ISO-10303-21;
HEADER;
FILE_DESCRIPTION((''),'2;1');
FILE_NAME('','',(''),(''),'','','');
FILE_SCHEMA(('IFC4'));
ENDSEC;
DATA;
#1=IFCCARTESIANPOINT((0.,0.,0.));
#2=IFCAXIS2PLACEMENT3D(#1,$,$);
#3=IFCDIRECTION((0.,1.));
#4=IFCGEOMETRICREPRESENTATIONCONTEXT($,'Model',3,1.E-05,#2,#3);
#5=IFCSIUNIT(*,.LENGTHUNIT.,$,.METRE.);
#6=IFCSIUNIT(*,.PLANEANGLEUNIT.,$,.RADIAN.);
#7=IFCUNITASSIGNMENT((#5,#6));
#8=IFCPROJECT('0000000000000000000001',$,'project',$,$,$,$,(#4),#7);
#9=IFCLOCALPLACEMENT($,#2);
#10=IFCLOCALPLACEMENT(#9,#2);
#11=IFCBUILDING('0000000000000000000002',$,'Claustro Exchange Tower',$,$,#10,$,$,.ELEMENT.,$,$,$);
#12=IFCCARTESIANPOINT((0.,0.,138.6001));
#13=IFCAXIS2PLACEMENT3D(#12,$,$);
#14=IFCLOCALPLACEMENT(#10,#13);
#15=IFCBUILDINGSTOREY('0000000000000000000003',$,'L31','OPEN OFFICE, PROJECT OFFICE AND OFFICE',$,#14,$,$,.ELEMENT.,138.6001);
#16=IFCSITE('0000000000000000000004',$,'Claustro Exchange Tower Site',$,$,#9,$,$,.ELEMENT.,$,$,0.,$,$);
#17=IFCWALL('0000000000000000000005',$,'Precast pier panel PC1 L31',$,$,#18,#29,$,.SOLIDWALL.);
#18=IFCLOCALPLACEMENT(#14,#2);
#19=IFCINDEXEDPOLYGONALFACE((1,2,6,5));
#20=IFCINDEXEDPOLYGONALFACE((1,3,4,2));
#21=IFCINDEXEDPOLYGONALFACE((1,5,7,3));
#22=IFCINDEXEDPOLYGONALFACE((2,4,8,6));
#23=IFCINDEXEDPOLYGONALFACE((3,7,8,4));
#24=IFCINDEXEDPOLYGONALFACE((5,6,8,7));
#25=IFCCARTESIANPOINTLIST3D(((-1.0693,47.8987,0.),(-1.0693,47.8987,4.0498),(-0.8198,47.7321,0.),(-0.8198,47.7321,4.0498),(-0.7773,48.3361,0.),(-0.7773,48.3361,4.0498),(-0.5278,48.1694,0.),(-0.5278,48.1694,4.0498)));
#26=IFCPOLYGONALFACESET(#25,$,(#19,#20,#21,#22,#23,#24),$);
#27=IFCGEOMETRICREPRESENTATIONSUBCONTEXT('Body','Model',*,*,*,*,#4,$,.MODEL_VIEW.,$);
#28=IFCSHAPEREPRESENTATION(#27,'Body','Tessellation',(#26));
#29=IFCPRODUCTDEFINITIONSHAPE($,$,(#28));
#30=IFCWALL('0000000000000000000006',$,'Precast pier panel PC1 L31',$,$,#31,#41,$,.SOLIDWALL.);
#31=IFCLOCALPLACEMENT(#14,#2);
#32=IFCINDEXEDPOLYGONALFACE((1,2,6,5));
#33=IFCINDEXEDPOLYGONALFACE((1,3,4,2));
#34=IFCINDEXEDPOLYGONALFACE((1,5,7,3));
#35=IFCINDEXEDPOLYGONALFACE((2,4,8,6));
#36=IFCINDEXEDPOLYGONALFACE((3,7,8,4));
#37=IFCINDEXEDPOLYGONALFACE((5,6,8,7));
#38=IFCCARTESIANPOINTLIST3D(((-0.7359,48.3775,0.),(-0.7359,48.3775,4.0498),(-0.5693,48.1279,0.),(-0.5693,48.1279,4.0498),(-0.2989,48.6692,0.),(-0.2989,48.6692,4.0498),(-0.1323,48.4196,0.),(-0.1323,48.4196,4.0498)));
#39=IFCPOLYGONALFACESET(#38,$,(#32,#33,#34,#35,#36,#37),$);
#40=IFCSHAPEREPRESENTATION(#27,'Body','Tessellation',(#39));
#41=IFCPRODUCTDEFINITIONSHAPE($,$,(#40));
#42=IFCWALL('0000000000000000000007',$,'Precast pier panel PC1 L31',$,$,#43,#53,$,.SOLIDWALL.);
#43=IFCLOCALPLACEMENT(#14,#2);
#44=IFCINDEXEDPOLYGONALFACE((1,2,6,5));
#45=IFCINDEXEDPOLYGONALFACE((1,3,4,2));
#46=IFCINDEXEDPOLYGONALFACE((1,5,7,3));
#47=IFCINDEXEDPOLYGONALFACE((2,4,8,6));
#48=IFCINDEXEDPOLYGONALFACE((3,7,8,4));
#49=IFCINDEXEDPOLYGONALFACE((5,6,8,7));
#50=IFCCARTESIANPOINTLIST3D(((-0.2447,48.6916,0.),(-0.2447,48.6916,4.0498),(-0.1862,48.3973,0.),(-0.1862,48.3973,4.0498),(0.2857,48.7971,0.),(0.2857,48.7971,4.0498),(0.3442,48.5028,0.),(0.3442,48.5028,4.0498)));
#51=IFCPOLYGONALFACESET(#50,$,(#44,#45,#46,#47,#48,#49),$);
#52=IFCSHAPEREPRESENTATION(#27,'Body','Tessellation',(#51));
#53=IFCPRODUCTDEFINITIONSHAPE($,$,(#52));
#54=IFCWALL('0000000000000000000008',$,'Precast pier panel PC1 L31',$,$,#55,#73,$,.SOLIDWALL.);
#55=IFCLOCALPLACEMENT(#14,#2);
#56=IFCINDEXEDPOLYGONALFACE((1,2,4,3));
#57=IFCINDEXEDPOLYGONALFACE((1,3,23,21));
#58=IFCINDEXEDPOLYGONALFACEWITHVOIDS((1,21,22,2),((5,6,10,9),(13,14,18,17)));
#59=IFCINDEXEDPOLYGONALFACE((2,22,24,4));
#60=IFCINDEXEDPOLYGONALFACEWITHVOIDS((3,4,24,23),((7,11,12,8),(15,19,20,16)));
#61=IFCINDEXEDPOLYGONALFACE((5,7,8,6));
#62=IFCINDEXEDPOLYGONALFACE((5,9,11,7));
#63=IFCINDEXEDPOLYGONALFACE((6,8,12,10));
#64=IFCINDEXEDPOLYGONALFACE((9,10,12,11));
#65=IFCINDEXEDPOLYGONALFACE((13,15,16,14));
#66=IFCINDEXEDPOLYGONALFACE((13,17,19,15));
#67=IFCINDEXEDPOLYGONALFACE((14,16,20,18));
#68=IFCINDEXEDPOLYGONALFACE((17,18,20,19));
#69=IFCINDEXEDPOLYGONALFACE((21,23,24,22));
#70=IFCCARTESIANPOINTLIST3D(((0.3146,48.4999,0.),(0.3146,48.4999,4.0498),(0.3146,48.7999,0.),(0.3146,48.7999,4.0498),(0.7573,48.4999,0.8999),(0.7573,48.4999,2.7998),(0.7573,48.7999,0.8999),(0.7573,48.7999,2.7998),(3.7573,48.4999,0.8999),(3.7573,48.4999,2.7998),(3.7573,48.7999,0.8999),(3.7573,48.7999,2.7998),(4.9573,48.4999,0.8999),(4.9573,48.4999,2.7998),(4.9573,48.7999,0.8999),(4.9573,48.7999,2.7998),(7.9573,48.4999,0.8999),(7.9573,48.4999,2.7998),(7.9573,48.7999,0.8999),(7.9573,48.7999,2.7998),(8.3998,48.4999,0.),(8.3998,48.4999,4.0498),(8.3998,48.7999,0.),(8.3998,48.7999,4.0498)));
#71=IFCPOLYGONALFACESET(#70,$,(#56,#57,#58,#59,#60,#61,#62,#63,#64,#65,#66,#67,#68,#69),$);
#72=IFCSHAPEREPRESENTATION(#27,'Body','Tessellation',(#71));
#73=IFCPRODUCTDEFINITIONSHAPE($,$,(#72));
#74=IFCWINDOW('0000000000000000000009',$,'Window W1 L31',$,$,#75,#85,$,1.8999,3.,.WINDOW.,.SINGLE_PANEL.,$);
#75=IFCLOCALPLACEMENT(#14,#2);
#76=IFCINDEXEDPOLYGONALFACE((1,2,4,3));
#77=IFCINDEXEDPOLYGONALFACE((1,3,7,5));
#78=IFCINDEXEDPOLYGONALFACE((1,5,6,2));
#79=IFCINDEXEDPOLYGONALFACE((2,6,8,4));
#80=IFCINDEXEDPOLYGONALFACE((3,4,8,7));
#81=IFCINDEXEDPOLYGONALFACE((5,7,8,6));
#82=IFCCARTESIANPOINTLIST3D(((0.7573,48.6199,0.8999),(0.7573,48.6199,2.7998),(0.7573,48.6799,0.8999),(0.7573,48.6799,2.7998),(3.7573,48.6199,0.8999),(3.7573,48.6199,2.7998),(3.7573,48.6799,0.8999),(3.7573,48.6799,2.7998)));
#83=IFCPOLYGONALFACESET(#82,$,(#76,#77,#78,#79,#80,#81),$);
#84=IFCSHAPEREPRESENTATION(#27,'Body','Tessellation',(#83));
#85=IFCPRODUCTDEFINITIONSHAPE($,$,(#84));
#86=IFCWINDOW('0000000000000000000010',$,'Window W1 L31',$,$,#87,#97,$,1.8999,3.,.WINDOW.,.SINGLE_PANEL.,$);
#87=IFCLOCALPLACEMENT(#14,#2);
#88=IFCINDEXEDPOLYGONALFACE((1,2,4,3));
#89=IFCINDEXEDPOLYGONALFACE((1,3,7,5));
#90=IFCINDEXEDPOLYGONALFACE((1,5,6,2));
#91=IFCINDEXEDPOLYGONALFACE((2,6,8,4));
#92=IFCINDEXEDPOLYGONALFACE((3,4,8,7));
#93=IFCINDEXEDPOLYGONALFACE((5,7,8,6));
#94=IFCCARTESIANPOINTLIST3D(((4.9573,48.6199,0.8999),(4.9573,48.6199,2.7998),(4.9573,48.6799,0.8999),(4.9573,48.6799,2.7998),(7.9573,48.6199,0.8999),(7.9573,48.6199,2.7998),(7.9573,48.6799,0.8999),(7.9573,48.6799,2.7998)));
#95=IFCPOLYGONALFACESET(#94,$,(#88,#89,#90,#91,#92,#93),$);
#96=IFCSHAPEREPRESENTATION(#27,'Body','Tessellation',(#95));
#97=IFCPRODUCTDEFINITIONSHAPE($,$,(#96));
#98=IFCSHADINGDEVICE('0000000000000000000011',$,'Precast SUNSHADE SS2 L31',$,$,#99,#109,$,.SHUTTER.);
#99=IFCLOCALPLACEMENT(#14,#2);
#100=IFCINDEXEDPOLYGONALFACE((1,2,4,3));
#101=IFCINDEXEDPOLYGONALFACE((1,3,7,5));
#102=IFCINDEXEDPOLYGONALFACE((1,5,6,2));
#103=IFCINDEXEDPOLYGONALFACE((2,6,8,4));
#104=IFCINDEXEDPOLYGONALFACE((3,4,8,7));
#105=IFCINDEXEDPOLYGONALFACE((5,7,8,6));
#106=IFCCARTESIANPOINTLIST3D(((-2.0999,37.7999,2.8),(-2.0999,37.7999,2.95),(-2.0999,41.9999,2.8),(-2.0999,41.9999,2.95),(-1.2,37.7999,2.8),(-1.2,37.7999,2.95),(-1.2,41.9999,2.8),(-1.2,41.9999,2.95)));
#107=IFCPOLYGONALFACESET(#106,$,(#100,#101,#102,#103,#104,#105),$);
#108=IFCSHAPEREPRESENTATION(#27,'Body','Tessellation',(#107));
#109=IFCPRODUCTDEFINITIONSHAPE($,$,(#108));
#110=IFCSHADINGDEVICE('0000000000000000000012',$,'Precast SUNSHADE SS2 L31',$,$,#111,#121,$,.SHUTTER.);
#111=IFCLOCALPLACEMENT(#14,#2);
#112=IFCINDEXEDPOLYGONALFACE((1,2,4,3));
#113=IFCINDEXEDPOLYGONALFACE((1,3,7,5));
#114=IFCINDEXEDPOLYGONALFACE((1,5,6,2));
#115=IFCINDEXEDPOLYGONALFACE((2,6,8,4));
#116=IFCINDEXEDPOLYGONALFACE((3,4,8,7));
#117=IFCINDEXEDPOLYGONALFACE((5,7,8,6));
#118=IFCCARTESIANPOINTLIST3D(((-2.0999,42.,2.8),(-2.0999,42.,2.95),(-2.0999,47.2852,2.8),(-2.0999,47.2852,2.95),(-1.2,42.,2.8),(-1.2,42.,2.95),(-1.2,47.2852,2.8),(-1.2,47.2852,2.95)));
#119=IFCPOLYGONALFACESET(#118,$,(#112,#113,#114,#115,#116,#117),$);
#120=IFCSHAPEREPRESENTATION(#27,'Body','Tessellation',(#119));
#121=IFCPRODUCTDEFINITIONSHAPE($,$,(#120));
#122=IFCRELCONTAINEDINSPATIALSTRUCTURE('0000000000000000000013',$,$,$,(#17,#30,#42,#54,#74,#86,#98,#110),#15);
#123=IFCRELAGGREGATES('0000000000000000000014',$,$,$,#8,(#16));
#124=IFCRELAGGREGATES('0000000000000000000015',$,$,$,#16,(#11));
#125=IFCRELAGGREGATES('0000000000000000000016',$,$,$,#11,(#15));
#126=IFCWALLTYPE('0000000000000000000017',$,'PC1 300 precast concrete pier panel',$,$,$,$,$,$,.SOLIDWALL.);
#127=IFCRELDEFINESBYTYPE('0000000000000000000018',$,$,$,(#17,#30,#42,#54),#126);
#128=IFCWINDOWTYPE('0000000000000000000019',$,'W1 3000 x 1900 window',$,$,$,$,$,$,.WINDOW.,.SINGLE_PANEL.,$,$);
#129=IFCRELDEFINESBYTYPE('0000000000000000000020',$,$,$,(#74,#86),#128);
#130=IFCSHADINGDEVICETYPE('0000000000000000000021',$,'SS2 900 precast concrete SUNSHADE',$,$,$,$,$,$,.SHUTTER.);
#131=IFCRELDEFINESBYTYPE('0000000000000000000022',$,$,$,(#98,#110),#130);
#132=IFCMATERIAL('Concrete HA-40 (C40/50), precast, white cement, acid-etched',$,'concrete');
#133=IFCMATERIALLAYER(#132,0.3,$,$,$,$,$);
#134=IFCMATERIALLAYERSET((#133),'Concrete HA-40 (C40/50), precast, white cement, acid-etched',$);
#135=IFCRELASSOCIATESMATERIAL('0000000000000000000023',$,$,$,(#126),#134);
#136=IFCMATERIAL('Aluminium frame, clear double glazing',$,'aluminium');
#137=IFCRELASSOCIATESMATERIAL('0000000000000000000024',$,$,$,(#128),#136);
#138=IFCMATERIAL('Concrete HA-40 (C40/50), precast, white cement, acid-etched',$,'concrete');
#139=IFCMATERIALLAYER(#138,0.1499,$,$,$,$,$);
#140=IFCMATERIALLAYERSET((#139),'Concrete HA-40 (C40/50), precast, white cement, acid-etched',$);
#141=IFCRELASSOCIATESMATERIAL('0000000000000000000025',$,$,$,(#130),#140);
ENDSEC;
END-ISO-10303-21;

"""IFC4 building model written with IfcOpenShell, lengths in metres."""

from ifc_helpers import new_model, si_unit, direction, frame, frame_2d, origin, origin_2d, place, context, subcontext, project, spatial, rectangle, extrude, material, layer, layer_set, type_object, element, fill, save


model = new_model("IFC4")

# Units and contexts
model_context = context("Model", 3, precision=1e-05, world=origin(), true_north=direction((0.0, 1.0)))
body_context = subcontext(model_context, "Body", "Model", "MODEL_VIEW")
ifc_project = project(units=[si_unit("LENGTHUNIT", "METRE"), si_unit("PLANEANGLEUNIT", "RADIAN")], contexts=[model_context])

# Site, building, storey
site_placement = place(None, origin())
site = spatial("IfcSite", under=ifc_project, at=site_placement, Name="Claustro Exchange Tower Site", CompositionType="ELEMENT", RefElevation=0.0)
building_placement = place(site_placement, origin())
building = spatial("IfcBuilding", under=site, at=building_placement, Name="Claustro Exchange Tower", CompositionType="ELEMENT")
storey_placement = place(building_placement, frame((0.0, 0.0, 138.6001)))
storey = spatial("IfcBuildingStorey", under=building, at=storey_placement, Name="L31", Description="OPEN OFFICE, PROJECT OFFICE AND OFFICE", CompositionType="ELEMENT", Elevation=138.6001)

# Shared definitions
ifc_material_1 = material(Name="Concrete HA-40 (C40/50), precast, white cement, acid-etched", Category="concrete")
ifc_layer_1 = layer(ifc_material_1, 0.3)
ifc_layer_set_1 = layer_set([ifc_layer_1], Name="Concrete HA-40 (C40/50), precast, white cement, acid-etched")
wall_type_1 = type_object("IfcWallType", Name="PC1 300 precast concrete pier panel", PredefinedType="SOLIDWALL", material=ifc_layer_set_1)

# Walls
wall_1_placement = place(storey_placement, frame((-0.9446, 47.8154, 0.0), z_axis=(0.0, 0.0, 1.0), x_axis=(0.555343, 0.831621, 0.0)))
element("IfcWall", 1, at=wall_1_placement, inside=storey, type_object=wall_type_1, Name="Precast pier panel PC1 L31", PredefinedType="SOLIDWALL", context=body_context, shape_type="SweptSolid", body=[
    extrude(rectangle(XDim=0.5259, YDim=0.3, at=frame_2d((0.2629, 0.0))), origin(), (0.0, 0.0, 1.0), 4.0498),
])
wall_2_placement = place(storey_placement, frame((-0.6526, 48.2527, 0.0), z_axis=(0.0, 0.0, 1.0), x_axis=(0.831693, 0.555236, 0.0)))
element("IfcWall", 2, at=wall_2_placement, inside=storey, type_object=wall_type_1, Name="Precast pier panel PC1 L31", PredefinedType="SOLIDWALL", context=body_context, shape_type="SweptSolid", body=[
    extrude(rectangle(XDim=0.5254, YDim=0.3, at=frame_2d((0.2627, 0.0))), origin(), (0.0, 0.0, 1.0), 4.0498),
])
wall_3_placement = place(storey_placement, frame((-0.2156, 48.5444, 0.0), z_axis=(0.0, 0.0, 1.0), x_axis=(0.980789, 0.195074, 0.0)))
element("IfcWall", 3, at=wall_3_placement, inside=storey, type_object=wall_type_1, Name="Precast pier panel PC1 L31", PredefinedType="SOLIDWALL", context=body_context, shape_type="SweptSolid", body=[
    extrude(rectangle(XDim=0.5408, YDim=0.3, at=frame_2d((0.2705, 0.0))), origin(), (0.0, 0.0, 1.0), 4.0498),
])

# Wall, openings, windows
wall_4_placement = place(storey_placement, frame((0.3147, 48.6499, 0.0), z_axis=(0.0, 0.0, 1.0), x_axis=(1.0, 0.0, 0.0)))
wall_4 = element("IfcWall", 4, at=wall_4_placement, inside=storey, type_object=wall_type_1, Name="Precast pier panel PC1 L31", PredefinedType="SOLIDWALL", context=body_context, shape_type="SweptSolid", body=[
    extrude(rectangle(XDim=8.0852, YDim=0.3, at=frame_2d((4.0425, 0.0))), origin(), (0.0, 0.0, 1.0), 4.0498),
])
opening_1_placement = place(wall_4_placement, frame((0.4426, 0.0, 0.8999)))
opening_1 = element("IfcOpeningElement", 5, at=opening_1_placement, cuts=wall_4, PredefinedType="OPENING", context=body_context, shape_type="SweptSolid", body=[
    extrude(rectangle(XDim=3.0, YDim=1.8999, at=frame_2d((1.5, 0.95))), frame((0.0, 0.1599, 0.0), z_axis=(0.0, -1.0, 0.0), x_axis=(1.0, 0.0, 0.0)), (0.0, 0.0, 1.0), 0.3201),
])
opening_2_placement = place(wall_4_placement, frame((4.6426, 0.0, 0.8999)))
opening_2 = element("IfcOpeningElement", 6, at=opening_2_placement, cuts=wall_4, PredefinedType="OPENING", context=body_context, shape_type="SweptSolid", body=[
    extrude(rectangle(XDim=3.0, YDim=1.8999, at=frame_2d((1.5, 0.95))), frame((0.0, 0.1599, 0.0), z_axis=(0.0, -1.0, 0.0), x_axis=(1.0, 0.0, 0.0)), (0.0, 0.0, 1.0), 0.3201),
])
ifc_material_2 = material(Name="Aluminium frame, clear double glazing", Category="aluminium")
window_type_1 = type_object("IfcWindowType", Name="W1 3000 x 1900 window", PartitioningType="SINGLE_PANEL", PredefinedType="WINDOW", material=ifc_material_2)
window_1_placement = place(opening_1_placement, origin())
window_1 = element("IfcWindow", 7, at=window_1_placement, inside=storey, type_object=window_type_1, Name="Window W1 L31", OverallHeight=1.8999, OverallWidth=3.0, PartitioningType="SINGLE_PANEL", PredefinedType="WINDOW", context=body_context, shape_type="SweptSolid", body=[
    extrude(rectangle(XDim=3.0, YDim=1.8999, at=frame_2d((1.5, 0.95))), frame((0.0, 0.03, 0.0), z_axis=(0.0, -1.0, 0.0), x_axis=(1.0, 0.0, 0.0)), (0.0, 0.0, 1.0), 0.0601),
])
fill(opening_1, window_1)
window_2_placement = place(opening_2_placement, origin())
window_2 = element("IfcWindow", 8, at=window_2_placement, inside=storey, type_object=window_type_1, Name="Window W1 L31", OverallHeight=1.8999, OverallWidth=3.0, PartitioningType="SINGLE_PANEL", PredefinedType="WINDOW", context=body_context, shape_type="SweptSolid", body=[
    extrude(rectangle(XDim=3.0, YDim=1.8999, at=frame_2d((1.5, 0.95))), frame((0.0, 0.03, 0.0), z_axis=(0.0, -1.0, 0.0), x_axis=(1.0, 0.0, 0.0)), (0.0, 0.0, 1.0), 0.0601),
])
fill(opening_2, window_2)

# Shading devices
ifc_material_3 = material(Name="Concrete HA-40 (C40/50), precast, white cement, acid-etched", Category="concrete")
ifc_layer_2 = layer(ifc_material_3, 0.1499)
ifc_layer_set_2 = layer_set([ifc_layer_2], Name="Concrete HA-40 (C40/50), precast, white cement, acid-etched")
shading_device_type = type_object("IfcShadingDeviceType", Name="SS2 900 precast concrete SUNSHADE", PredefinedType="SHUTTER", material=ifc_layer_set_2)
shading_device_1_placement = place(storey_placement, frame((-1.6499, 39.8999, 2.8), z_axis=(0.0, 0.0, 1.0), x_axis=(0.0, 1.0, 0.0)))
element("IfcShadingDevice", 9, at=shading_device_1_placement, inside=storey, type_object=shading_device_type, Name="Precast SUNSHADE SS2 L31", PredefinedType="SHUTTER", context=body_context, shape_type="SweptSolid", body=[
    extrude(rectangle(XDim=4.2, YDim=0.8999, at=origin_2d()), origin(), (0.0, 0.0, 1.0), 0.1499),
])
shading_device_2_placement = place(storey_placement, frame((-1.6499, 44.6426, 2.8), z_axis=(0.0, 0.0, 1.0), x_axis=(0.0, 1.0, 0.0)))
element("IfcShadingDevice", 10, at=shading_device_2_placement, inside=storey, type_object=shading_device_type, Name="Precast SUNSHADE SS2 L31", PredefinedType="SHUTTER", context=body_context, shape_type="SweptSolid", body=[
    extrude(rectangle(XDim=5.2852, YDim=0.8999, at=origin_2d()), origin(), (0.0, 0.0, 1.0), 0.1499),
])

save(model, "model.ifc")
